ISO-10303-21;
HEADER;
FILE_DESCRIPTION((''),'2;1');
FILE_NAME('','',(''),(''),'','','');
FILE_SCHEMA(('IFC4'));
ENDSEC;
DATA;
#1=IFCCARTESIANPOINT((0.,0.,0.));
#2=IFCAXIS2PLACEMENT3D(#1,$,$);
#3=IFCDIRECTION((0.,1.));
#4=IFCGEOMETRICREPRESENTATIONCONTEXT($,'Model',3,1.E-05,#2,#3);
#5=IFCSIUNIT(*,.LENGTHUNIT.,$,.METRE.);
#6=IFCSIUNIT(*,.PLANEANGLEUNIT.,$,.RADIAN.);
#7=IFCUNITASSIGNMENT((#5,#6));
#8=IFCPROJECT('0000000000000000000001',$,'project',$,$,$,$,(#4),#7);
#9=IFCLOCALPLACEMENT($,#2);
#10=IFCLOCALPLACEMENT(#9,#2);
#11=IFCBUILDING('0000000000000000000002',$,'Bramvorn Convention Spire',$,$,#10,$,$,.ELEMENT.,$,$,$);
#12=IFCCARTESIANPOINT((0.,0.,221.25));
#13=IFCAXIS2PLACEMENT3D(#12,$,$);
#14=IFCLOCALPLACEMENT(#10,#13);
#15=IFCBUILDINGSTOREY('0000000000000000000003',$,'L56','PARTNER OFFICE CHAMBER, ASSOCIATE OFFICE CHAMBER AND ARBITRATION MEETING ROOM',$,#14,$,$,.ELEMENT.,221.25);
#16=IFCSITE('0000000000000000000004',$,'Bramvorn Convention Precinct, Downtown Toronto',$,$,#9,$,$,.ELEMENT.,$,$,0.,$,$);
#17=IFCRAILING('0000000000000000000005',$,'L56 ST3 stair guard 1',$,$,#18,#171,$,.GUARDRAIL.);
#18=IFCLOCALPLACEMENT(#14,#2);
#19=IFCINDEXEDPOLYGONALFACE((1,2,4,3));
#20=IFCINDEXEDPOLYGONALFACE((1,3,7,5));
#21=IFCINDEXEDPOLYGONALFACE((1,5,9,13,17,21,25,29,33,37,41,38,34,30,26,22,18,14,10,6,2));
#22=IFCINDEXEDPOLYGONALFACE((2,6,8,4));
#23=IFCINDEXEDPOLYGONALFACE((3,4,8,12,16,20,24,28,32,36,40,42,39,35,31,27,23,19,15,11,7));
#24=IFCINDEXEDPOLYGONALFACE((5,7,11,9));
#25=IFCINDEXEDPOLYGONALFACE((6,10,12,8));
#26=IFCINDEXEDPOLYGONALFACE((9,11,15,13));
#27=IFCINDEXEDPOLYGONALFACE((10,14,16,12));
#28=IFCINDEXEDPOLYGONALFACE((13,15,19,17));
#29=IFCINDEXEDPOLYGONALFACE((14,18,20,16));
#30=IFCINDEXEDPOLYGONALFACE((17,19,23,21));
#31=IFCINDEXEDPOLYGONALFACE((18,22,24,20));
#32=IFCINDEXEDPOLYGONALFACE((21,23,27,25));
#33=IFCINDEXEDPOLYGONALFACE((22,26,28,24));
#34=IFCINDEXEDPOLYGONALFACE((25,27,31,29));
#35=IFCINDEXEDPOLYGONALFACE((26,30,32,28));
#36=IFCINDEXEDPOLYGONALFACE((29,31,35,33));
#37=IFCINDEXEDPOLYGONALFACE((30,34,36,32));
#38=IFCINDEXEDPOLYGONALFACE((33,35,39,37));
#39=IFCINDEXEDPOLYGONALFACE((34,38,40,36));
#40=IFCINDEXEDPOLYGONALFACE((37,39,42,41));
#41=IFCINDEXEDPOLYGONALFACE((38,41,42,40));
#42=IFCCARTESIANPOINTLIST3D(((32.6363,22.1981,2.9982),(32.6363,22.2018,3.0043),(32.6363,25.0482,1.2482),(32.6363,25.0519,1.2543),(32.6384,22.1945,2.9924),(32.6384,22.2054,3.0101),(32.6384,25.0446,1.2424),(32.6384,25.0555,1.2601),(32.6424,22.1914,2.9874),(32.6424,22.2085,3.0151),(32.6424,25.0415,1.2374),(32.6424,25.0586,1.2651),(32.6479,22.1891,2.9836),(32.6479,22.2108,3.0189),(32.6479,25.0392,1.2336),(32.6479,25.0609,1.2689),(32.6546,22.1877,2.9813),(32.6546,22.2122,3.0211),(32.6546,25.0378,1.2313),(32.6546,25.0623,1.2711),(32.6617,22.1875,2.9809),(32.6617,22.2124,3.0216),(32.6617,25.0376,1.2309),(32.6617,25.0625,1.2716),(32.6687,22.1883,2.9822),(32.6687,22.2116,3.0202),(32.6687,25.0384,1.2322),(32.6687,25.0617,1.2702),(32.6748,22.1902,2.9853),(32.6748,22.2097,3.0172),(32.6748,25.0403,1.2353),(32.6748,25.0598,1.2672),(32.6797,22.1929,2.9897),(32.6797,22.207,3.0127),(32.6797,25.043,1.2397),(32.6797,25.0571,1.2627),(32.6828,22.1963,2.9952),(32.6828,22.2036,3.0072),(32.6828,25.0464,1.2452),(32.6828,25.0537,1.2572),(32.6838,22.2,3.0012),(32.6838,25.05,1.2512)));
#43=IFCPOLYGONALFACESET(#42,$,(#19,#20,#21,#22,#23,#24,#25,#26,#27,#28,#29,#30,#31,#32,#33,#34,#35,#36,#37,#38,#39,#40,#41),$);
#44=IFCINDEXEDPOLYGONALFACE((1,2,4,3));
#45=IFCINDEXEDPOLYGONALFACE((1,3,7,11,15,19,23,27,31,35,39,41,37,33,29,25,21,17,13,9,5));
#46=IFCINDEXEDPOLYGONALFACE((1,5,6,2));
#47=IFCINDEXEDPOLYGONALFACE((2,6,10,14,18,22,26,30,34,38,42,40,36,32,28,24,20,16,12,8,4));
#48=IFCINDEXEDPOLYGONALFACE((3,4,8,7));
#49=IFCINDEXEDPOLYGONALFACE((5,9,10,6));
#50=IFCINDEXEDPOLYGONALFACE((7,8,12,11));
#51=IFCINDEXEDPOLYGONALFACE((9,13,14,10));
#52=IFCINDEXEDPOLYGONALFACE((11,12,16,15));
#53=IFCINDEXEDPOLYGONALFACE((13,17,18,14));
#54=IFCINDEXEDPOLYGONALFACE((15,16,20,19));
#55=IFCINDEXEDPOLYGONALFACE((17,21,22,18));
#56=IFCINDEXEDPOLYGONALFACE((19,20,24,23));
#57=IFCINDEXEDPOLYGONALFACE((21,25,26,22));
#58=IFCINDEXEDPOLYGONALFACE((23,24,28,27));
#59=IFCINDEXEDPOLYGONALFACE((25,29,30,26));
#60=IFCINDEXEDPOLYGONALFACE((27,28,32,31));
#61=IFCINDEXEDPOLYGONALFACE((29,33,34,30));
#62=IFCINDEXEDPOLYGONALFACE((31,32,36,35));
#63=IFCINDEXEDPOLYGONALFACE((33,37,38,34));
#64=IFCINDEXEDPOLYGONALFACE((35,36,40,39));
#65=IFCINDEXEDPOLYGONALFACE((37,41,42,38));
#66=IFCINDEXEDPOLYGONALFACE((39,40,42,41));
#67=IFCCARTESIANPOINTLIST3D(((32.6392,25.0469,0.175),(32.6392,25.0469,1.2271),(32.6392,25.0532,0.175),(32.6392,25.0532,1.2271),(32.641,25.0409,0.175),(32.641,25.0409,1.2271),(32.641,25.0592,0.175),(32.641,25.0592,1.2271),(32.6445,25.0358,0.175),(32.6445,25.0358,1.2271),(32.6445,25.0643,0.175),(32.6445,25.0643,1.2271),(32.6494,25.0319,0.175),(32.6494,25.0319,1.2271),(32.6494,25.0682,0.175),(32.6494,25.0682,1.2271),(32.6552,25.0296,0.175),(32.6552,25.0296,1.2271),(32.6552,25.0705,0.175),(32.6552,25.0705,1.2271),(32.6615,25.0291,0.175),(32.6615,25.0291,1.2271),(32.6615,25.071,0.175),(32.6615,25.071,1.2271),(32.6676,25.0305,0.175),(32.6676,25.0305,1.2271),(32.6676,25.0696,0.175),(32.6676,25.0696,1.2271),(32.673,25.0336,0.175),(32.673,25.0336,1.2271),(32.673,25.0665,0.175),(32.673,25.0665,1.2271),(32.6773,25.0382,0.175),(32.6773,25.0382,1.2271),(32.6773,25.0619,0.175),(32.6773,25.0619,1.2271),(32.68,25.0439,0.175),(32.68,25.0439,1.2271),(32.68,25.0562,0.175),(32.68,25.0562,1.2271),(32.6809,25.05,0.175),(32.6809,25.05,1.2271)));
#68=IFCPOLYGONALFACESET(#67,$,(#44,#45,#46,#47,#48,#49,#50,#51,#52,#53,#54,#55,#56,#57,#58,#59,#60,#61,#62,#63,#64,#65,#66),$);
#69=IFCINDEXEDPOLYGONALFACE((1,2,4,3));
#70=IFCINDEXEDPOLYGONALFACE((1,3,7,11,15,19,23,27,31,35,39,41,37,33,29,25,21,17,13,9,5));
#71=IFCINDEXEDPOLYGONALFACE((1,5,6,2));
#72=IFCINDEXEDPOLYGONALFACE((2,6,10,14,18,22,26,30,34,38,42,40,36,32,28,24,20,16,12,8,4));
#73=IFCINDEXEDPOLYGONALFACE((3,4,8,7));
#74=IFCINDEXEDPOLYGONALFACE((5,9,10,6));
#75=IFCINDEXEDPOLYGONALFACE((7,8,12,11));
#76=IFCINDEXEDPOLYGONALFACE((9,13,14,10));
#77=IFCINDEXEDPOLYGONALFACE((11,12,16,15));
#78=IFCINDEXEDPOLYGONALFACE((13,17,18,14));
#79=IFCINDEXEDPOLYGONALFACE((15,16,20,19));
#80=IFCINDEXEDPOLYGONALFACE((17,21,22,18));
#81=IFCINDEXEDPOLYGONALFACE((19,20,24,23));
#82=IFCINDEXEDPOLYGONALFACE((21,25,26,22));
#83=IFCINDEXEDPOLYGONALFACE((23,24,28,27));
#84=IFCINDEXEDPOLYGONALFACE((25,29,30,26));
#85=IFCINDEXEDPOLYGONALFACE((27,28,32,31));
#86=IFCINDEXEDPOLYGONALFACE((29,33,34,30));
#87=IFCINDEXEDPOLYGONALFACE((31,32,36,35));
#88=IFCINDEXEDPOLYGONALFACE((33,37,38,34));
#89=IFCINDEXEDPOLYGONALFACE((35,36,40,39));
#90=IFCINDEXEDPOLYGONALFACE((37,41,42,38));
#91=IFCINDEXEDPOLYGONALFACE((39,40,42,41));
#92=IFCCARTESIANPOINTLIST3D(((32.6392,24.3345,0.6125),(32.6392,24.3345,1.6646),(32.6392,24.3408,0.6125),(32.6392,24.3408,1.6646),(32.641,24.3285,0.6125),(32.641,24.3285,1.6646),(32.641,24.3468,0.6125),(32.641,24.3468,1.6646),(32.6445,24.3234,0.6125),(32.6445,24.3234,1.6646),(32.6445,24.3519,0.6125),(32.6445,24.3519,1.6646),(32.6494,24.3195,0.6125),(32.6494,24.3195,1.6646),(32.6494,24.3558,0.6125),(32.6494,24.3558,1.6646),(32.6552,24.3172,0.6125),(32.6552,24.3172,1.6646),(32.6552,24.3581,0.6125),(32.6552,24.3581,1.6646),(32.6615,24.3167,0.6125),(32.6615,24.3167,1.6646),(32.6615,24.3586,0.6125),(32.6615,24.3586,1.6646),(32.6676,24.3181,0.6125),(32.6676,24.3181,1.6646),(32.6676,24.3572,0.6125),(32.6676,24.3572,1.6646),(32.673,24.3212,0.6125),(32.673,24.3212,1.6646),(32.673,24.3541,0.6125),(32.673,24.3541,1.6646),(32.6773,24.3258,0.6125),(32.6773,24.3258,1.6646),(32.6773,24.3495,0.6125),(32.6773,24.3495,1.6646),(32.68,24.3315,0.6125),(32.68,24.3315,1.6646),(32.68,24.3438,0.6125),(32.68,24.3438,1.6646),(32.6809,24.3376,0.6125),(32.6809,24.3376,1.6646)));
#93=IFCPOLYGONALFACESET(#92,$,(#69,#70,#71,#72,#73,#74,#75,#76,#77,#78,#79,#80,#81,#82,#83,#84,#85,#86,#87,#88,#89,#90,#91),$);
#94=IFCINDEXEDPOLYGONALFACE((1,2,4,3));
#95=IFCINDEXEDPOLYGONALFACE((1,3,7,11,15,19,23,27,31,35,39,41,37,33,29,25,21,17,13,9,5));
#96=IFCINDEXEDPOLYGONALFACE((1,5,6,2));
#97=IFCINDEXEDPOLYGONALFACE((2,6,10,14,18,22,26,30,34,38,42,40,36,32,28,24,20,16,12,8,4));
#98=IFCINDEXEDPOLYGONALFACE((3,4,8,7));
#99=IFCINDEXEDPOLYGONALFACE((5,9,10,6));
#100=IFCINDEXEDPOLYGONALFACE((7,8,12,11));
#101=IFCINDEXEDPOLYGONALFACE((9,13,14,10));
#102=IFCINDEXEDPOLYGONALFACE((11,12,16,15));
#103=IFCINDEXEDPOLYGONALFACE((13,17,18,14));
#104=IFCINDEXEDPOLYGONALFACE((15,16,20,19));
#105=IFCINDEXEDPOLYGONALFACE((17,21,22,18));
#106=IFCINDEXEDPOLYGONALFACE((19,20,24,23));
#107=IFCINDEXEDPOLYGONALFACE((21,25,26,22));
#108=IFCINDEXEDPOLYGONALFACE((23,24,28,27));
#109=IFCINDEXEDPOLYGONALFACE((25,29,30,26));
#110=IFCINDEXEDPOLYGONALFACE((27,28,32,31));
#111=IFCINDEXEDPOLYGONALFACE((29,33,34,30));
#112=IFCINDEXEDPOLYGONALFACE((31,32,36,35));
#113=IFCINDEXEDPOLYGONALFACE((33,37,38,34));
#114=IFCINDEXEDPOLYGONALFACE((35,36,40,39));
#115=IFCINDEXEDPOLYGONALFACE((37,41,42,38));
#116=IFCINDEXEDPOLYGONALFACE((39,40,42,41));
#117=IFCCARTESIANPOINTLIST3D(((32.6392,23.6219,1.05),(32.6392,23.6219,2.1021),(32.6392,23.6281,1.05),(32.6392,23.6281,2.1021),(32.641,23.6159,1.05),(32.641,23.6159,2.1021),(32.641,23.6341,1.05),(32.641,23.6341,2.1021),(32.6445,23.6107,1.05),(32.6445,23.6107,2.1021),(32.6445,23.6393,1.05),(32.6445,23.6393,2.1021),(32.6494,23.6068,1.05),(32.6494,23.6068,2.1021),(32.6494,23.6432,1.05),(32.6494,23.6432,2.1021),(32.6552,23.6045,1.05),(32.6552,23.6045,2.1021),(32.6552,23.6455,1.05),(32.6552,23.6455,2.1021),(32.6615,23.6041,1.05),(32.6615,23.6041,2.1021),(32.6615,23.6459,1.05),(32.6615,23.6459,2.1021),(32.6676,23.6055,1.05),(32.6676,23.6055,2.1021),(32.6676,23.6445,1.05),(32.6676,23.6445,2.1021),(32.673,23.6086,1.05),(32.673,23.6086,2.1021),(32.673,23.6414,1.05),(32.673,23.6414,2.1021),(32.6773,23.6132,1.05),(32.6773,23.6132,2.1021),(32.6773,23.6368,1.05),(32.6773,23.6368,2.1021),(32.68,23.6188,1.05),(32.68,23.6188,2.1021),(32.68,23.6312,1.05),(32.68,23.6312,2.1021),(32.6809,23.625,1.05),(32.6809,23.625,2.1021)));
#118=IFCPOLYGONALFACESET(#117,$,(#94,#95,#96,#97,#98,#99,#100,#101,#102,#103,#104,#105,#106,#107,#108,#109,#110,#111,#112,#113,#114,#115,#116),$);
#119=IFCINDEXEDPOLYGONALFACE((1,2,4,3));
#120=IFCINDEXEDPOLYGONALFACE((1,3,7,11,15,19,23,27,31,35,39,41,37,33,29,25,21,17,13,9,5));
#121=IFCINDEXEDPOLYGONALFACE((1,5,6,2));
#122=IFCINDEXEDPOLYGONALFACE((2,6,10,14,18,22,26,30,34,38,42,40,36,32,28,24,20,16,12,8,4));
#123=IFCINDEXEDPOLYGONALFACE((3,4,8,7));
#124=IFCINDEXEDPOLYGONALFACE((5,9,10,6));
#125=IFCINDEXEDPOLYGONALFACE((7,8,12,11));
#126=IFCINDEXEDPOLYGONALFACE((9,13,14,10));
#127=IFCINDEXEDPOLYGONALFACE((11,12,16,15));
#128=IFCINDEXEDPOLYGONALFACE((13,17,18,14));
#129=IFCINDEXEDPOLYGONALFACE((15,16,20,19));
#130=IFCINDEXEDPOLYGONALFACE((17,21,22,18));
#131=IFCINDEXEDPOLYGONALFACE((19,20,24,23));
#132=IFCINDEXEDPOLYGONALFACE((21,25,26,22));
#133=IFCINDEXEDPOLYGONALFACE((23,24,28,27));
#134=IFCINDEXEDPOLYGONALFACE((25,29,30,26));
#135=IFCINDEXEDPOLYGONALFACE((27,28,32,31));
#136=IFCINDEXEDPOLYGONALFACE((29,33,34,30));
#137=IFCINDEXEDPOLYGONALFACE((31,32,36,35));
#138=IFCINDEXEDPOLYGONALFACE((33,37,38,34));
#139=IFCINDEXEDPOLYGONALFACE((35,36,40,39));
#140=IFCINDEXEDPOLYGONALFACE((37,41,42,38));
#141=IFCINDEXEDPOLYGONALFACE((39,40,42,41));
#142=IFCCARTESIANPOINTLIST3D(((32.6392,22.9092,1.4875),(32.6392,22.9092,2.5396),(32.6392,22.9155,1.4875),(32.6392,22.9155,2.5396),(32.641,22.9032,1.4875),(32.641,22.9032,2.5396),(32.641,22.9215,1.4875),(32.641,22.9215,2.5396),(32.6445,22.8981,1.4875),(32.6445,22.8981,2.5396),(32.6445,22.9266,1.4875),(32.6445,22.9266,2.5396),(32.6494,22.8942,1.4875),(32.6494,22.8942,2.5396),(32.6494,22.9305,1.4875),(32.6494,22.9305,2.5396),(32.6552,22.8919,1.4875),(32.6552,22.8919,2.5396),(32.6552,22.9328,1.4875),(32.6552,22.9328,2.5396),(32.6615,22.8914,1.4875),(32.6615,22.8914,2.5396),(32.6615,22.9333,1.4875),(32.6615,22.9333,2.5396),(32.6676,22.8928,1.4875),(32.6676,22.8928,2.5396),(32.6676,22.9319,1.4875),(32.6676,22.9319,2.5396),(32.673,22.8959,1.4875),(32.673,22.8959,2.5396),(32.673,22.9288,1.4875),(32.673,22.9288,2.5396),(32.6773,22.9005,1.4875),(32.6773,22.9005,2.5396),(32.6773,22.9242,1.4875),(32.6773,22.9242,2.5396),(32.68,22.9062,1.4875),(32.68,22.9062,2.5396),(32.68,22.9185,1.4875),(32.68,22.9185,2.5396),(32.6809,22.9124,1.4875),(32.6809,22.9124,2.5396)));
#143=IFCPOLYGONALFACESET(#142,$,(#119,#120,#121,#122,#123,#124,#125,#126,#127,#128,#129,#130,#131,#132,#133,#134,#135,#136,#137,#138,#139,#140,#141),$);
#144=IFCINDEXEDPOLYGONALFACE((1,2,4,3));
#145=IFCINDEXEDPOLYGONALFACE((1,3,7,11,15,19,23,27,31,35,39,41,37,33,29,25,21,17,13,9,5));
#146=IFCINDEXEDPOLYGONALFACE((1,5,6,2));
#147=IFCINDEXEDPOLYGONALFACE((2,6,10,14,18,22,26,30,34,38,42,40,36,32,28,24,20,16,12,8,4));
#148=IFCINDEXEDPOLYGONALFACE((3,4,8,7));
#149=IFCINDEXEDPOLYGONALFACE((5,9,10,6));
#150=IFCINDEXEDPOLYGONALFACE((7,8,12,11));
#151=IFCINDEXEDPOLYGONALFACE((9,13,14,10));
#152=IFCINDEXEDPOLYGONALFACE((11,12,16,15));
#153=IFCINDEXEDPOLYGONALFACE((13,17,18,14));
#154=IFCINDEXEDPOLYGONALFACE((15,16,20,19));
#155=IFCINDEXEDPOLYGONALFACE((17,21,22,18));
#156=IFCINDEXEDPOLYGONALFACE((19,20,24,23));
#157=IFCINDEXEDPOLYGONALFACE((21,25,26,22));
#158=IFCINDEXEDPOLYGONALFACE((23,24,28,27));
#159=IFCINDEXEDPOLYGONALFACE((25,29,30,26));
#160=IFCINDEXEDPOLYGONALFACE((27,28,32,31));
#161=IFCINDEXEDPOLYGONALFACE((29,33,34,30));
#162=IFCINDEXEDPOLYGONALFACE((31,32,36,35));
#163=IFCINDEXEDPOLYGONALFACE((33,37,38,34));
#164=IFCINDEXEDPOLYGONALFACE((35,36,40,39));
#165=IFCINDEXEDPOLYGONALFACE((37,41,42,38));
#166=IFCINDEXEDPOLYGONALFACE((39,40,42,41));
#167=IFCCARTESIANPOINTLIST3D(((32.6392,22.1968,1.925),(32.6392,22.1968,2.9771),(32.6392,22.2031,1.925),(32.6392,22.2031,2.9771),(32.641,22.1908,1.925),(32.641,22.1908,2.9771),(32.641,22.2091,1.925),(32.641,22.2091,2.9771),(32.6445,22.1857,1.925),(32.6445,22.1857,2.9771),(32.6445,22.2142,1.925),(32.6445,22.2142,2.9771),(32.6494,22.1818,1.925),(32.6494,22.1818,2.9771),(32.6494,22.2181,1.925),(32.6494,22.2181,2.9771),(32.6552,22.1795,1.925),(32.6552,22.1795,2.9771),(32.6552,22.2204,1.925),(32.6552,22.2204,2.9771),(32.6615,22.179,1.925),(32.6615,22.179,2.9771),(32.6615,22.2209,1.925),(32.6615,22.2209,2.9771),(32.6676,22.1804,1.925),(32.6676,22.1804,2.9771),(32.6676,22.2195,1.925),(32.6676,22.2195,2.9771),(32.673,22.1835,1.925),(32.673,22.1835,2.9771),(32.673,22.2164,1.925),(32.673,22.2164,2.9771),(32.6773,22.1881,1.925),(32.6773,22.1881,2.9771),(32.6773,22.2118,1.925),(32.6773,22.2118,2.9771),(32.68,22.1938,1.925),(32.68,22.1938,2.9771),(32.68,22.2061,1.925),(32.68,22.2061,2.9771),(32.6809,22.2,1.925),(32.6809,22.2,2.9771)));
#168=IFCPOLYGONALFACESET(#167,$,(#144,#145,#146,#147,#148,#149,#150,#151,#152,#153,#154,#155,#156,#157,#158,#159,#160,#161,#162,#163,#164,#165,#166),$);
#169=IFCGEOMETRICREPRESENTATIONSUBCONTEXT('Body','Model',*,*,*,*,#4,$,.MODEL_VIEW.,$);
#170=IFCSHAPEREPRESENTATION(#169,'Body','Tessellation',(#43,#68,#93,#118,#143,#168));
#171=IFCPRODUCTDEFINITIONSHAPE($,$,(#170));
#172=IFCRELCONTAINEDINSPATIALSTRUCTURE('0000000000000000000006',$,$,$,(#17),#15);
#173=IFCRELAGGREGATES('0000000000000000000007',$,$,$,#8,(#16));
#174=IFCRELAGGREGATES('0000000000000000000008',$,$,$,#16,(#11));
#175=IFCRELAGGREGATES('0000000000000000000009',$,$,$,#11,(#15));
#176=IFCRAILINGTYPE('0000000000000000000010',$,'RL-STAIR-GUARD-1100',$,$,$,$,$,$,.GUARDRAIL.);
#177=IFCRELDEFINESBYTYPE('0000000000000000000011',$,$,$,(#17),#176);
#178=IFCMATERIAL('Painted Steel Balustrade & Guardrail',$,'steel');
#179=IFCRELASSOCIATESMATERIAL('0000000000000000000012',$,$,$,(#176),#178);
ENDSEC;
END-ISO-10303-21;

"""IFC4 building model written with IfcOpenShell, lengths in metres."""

from ifc_helpers import new_model, si_unit, direction, frame, origin, origin_2d, place, context, subcontext, project, spatial, circle, extrude, material, type_object, element, save


model = new_model("IFC4")

# Units and contexts
model_context = context("Model", 3, precision=1e-05, world=origin(), true_north=direction((0.0, 1.0)))
body_context = subcontext(model_context, "Body", "Model", "MODEL_VIEW")
ifc_project = project(units=[si_unit("LENGTHUNIT", "METRE"), si_unit("PLANEANGLEUNIT", "RADIAN")], contexts=[model_context])

# Site, building, storey
site_placement = place(None, origin())
site = spatial("IfcSite", under=ifc_project, at=site_placement, Name="Bramvorn Convention Precinct, Downtown Toronto", CompositionType="ELEMENT", RefElevation=0.0)
building_placement = place(site_placement, origin())
building = spatial("IfcBuilding", under=site, at=building_placement, Name="Bramvorn Convention Spire", CompositionType="ELEMENT")
storey_placement = place(building_placement, frame((0.0, 0.0, 221.25)))
storey = spatial("IfcBuildingStorey", under=building, at=storey_placement, Name="L56", Description="PARTNER OFFICE CHAMBER, ASSOCIATE OFFICE CHAMBER AND ARBITRATION MEETING ROOM", CompositionType="ELEMENT", Elevation=221.25)

# Railing
ifc_material_1 = material(Name="Painted Steel Balustrade & Guardrail", Category="steel")
railing_type_1 = type_object("IfcRailingType", Name="RL-STAIR-GUARD-1100", PredefinedType="GUARDRAIL", material=ifc_material_1)
railing_1_placement = place(storey_placement, frame((32.6599, 25.05, 0.175)))
element("IfcRailing", 1, at=railing_1_placement, inside=storey, type_object=railing_type_1, Name="L56 ST3 stair guard 1", PredefinedType="GUARDRAIL", context=body_context, shape_type="SweptSolid", body=[
    extrude(circle(Radius=0.0239, at=origin_2d()), frame((0.0, 0.0, 1.0762), z_axis=(0.0, -0.852179, 0.52325), x_axis=(1.0, 0.0, 0.0)), (0.0, 0.0, 1.0), 3.3445),
    extrude(circle(Radius=0.021, at=origin_2d()), origin(), (0.0, 0.0, 1.0), 1.052),
    extrude(circle(Radius=0.021, at=origin_2d()), frame((0.0, -0.7124, 0.4375)), (0.0, 0.0, 1.0), 1.052),
    extrude(circle(Radius=0.021, at=origin_2d()), frame((0.0, -1.425, 0.875)), (0.0, 0.0, 1.0), 1.052),
    extrude(circle(Radius=0.021, at=origin_2d()), frame((0.0, -2.1377, 1.3125)), (0.0, 0.0, 1.0), 1.052),
    extrude(circle(Radius=0.021, at=origin_2d()), frame((0.0, -2.8501, 1.75)), (0.0, 0.0, 1.0), 1.052),
])

save(model, "model.ifc")
